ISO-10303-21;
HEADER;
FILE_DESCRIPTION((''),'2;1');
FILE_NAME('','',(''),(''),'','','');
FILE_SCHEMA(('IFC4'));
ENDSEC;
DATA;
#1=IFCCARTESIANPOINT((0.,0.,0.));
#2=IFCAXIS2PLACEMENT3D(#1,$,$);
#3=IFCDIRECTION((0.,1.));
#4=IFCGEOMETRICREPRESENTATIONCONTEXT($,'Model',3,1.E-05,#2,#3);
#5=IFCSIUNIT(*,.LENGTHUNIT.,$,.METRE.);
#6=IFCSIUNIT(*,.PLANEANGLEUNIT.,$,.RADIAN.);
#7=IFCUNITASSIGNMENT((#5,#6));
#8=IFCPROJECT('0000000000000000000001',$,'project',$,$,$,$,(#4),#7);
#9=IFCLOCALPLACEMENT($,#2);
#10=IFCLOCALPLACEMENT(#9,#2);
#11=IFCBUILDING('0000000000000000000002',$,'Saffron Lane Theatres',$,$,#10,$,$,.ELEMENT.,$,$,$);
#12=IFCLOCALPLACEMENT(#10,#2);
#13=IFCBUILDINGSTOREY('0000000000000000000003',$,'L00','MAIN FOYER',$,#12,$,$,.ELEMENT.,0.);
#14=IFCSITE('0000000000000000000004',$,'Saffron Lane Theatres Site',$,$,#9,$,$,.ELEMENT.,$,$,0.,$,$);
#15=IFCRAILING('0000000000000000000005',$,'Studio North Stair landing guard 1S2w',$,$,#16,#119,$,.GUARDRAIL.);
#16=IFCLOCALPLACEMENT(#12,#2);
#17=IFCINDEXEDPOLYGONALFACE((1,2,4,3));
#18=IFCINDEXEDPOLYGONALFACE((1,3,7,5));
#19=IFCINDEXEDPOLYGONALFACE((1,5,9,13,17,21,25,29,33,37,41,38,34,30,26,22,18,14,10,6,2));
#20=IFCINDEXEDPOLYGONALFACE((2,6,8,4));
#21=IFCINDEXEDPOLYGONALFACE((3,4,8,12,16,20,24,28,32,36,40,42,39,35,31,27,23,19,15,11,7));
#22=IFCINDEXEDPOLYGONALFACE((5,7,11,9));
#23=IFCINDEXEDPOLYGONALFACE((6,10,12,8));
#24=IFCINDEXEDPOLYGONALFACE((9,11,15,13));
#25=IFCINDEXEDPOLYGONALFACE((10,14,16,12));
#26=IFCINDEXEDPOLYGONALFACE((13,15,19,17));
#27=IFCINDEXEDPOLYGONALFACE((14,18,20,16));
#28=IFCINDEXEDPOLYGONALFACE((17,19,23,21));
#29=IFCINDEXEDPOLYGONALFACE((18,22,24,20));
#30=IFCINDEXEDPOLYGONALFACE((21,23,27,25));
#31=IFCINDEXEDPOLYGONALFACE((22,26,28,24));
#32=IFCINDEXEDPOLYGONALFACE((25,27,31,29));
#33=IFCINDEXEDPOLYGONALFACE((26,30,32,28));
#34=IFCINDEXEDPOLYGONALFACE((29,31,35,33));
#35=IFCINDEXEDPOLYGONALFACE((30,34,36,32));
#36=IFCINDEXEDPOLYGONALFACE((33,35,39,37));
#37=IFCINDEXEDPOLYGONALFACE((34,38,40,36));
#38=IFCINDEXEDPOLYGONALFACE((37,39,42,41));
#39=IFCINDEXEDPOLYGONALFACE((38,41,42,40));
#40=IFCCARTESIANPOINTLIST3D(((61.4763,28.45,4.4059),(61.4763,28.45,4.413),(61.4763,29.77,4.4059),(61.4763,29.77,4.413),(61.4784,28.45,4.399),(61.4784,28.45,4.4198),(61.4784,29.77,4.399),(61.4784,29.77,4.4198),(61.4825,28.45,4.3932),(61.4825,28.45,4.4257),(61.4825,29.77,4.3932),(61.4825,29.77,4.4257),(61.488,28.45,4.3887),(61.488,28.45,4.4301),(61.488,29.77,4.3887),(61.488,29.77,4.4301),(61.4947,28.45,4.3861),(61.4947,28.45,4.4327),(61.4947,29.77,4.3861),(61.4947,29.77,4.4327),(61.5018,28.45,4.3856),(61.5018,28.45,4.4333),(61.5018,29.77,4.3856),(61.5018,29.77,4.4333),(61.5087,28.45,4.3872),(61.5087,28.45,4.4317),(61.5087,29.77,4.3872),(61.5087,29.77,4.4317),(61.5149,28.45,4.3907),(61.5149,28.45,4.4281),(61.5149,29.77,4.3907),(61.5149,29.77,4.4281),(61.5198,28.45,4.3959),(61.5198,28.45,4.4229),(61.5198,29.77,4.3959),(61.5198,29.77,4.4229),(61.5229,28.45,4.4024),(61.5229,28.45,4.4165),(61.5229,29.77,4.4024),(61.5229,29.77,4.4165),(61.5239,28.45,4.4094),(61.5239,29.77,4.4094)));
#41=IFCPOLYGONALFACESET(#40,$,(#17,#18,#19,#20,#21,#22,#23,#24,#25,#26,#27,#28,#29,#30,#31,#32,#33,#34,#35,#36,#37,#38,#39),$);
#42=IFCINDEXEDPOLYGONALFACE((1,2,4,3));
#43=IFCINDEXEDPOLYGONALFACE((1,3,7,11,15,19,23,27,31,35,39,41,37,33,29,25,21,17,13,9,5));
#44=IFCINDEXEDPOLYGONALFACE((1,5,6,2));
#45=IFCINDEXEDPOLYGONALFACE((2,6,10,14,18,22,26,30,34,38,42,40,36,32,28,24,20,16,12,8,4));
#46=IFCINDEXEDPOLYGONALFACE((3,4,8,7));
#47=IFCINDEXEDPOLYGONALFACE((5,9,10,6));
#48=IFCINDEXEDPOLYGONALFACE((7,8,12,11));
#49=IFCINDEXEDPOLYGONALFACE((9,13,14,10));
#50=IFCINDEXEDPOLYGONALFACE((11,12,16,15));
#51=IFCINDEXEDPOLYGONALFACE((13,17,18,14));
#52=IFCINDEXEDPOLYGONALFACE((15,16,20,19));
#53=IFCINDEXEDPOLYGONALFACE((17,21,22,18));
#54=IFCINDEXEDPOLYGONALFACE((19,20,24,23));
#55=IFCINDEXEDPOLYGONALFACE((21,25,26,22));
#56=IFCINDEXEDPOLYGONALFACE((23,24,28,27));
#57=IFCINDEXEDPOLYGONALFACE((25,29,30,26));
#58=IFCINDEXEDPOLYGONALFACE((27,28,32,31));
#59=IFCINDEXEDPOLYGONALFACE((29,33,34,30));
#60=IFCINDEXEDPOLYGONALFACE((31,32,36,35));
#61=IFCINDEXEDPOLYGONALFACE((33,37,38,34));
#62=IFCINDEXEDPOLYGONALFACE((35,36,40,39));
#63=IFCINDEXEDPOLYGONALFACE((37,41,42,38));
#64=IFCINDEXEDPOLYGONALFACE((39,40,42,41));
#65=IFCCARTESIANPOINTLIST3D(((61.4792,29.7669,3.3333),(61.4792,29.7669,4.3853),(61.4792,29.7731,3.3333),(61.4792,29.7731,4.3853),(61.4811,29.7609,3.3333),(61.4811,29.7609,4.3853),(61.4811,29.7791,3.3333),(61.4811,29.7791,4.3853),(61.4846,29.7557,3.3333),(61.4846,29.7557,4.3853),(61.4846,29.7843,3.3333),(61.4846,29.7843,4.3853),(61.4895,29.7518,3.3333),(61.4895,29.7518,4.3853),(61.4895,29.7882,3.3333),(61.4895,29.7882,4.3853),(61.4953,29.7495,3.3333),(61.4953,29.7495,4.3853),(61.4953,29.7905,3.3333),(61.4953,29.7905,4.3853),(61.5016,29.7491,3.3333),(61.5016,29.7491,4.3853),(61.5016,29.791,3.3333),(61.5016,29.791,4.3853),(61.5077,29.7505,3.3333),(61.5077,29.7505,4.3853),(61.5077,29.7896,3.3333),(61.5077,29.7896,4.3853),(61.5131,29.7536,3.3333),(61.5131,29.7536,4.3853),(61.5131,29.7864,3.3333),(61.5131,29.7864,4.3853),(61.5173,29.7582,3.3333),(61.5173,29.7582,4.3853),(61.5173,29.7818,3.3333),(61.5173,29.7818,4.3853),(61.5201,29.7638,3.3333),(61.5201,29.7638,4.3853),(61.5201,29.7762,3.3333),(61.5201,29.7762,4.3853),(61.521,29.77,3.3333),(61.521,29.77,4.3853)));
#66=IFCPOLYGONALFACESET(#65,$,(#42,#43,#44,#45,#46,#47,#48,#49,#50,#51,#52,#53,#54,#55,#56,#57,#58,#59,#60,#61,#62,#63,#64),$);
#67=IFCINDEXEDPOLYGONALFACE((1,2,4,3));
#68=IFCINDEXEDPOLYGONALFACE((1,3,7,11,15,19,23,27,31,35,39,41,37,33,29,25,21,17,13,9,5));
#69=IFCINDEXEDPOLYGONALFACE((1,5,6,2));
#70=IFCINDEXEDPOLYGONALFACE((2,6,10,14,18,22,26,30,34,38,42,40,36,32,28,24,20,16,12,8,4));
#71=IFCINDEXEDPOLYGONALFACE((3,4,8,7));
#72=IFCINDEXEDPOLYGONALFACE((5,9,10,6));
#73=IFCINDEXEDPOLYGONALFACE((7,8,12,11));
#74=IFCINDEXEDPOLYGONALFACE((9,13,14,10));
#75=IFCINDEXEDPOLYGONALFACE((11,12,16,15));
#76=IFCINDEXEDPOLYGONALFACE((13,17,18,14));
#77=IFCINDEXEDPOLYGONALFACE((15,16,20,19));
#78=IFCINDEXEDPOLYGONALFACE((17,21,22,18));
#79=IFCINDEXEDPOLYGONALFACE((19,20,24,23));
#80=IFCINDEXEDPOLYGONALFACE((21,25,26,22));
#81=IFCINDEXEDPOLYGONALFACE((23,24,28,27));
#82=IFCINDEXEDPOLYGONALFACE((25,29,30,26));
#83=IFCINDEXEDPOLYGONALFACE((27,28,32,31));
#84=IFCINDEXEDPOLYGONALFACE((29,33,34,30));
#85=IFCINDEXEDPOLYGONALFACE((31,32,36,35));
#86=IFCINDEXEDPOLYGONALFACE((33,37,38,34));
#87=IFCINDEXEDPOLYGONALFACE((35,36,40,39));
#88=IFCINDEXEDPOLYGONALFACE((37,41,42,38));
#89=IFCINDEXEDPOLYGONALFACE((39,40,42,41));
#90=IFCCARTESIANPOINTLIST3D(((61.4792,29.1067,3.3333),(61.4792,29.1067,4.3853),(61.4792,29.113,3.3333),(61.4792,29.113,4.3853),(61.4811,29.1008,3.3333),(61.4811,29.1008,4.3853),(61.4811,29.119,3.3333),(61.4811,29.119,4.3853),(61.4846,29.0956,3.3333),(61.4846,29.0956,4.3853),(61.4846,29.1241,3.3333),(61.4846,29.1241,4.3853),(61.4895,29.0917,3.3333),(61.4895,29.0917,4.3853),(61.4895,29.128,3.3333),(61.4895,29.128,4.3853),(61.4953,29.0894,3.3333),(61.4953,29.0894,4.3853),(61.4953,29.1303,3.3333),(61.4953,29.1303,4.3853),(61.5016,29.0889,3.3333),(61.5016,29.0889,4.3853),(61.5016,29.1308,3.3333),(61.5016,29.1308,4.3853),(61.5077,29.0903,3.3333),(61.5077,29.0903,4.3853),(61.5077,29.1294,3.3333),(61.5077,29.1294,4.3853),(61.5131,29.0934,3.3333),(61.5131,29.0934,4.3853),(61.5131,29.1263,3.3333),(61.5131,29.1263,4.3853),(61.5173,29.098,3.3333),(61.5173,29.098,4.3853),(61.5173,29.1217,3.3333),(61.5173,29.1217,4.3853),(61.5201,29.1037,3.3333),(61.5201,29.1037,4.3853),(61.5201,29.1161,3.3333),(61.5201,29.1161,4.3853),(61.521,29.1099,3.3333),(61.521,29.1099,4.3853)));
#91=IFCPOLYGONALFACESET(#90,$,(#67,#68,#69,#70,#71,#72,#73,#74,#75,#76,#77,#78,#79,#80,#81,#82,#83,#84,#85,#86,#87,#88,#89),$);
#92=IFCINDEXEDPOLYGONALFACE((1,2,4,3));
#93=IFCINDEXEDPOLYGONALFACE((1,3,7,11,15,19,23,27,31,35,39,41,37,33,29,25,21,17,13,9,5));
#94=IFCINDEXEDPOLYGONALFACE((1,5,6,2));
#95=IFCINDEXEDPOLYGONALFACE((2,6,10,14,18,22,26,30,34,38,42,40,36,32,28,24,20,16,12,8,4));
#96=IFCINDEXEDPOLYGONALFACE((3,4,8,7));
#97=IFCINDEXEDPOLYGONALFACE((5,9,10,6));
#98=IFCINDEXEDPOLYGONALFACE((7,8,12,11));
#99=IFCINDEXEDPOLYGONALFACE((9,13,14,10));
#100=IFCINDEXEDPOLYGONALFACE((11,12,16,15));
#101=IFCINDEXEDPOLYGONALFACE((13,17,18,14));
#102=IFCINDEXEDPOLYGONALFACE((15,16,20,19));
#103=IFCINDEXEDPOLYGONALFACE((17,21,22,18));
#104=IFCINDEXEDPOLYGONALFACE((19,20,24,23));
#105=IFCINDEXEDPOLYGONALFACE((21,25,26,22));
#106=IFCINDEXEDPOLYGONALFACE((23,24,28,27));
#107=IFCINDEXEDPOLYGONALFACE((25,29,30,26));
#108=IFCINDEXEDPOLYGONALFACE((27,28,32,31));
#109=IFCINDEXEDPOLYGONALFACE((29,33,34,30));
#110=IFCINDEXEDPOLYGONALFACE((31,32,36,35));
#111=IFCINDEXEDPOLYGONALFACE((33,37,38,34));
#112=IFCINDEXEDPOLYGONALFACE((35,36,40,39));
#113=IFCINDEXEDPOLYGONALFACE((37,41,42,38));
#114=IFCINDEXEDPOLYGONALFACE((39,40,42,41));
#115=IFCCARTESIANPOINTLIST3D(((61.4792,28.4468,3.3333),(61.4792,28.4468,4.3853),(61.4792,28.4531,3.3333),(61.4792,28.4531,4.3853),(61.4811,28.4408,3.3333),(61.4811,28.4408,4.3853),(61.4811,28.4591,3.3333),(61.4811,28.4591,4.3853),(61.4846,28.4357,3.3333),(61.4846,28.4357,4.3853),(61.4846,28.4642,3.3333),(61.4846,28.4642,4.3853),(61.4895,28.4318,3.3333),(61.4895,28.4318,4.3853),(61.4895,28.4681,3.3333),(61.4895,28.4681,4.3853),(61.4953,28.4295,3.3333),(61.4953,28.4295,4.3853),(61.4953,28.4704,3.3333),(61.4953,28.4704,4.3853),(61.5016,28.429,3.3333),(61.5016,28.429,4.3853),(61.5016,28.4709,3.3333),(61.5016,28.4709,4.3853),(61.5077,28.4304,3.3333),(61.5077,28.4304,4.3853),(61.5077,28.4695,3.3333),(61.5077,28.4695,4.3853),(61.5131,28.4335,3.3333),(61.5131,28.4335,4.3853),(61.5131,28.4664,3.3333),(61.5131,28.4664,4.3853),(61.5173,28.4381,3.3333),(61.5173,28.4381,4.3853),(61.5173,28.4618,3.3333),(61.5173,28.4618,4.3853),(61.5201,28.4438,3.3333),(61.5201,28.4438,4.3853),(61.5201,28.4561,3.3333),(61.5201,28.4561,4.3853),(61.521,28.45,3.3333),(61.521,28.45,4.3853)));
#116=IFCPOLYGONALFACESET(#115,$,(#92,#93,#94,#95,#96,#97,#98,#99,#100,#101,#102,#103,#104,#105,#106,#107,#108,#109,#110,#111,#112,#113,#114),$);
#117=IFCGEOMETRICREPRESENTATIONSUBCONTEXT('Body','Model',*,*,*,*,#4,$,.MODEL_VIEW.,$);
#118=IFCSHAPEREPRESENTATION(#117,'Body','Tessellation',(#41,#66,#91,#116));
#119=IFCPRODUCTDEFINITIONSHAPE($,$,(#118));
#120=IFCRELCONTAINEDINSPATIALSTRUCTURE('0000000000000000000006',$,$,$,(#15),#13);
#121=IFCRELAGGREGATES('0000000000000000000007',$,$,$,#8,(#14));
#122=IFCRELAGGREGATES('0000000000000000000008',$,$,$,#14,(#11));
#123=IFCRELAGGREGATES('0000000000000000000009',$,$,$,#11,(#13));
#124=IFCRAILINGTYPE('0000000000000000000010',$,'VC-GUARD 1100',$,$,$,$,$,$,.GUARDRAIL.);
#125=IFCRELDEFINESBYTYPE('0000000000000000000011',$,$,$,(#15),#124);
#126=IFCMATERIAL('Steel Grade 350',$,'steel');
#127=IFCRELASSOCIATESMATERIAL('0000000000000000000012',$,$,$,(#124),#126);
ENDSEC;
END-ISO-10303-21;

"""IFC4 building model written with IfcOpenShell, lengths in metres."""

from ifc_helpers import new_model, si_unit, direction, frame, origin, origin_2d, place, context, subcontext, project, spatial, circle, extrude, material, type_object, element, save


model = new_model("IFC4")

# Units and contexts
model_context = context("Model", 3, precision=1e-05, world=origin(), true_north=direction((0.0, 1.0)))
body_context = subcontext(model_context, "Body", "Model", "MODEL_VIEW")
ifc_project = project(units=[si_unit("LENGTHUNIT", "METRE"), si_unit("PLANEANGLEUNIT", "RADIAN")], contexts=[model_context])

# Site, building, storey
site_placement = place(None, origin())
site = spatial("IfcSite", under=ifc_project, at=site_placement, Name="Saffron Lane Theatres Site", CompositionType="ELEMENT", RefElevation=0.0)
building_placement = place(site_placement, origin())
building = spatial("IfcBuilding", under=site, at=building_placement, Name="Saffron Lane Theatres", CompositionType="ELEMENT")
storey_placement = place(building_placement, origin())
storey = spatial("IfcBuildingStorey", under=building, at=storey_placement, Name="L00", Description="MAIN FOYER", CompositionType="ELEMENT", Elevation=0.0)

# Railing
ifc_material_1 = material(Name="Steel Grade 350", Category="steel")
railing_type_1 = type_object("IfcRailingType", Name="VC-GUARD 1100", PredefinedType="GUARDRAIL", material=ifc_material_1)
railing_1_placement = place(storey_placement, frame((61.5, 29.77, 3.3333)))
element("IfcRailing", 1, at=railing_1_placement, inside=storey, type_object=railing_type_1, Name="Studio North Stair landing guard 1S2w", PredefinedType="GUARDRAIL", context=body_context, shape_type="SweptSolid", body=[
    extrude(circle(Radius=0.0239, at=origin_2d()), frame((0.0, 0.0, 1.0762), z_axis=(0.0, -1.0, 0.0), x_axis=(1.0, 0.0, 0.0)), (0.0, 0.0, 1.0), 1.3201),
    extrude(circle(Radius=0.021, at=origin_2d()), origin(), (0.0, 0.0, 1.0), 1.052),
    extrude(circle(Radius=0.021, at=origin_2d()), frame((0.0, -0.6602, 0.0)), (0.0, 0.0, 1.0), 1.052),
    extrude(circle(Radius=0.021, at=origin_2d()), frame((0.0, -1.3201, 0.0)), (0.0, 0.0, 1.0), 1.052),
])

save(model, "model.ifc")
